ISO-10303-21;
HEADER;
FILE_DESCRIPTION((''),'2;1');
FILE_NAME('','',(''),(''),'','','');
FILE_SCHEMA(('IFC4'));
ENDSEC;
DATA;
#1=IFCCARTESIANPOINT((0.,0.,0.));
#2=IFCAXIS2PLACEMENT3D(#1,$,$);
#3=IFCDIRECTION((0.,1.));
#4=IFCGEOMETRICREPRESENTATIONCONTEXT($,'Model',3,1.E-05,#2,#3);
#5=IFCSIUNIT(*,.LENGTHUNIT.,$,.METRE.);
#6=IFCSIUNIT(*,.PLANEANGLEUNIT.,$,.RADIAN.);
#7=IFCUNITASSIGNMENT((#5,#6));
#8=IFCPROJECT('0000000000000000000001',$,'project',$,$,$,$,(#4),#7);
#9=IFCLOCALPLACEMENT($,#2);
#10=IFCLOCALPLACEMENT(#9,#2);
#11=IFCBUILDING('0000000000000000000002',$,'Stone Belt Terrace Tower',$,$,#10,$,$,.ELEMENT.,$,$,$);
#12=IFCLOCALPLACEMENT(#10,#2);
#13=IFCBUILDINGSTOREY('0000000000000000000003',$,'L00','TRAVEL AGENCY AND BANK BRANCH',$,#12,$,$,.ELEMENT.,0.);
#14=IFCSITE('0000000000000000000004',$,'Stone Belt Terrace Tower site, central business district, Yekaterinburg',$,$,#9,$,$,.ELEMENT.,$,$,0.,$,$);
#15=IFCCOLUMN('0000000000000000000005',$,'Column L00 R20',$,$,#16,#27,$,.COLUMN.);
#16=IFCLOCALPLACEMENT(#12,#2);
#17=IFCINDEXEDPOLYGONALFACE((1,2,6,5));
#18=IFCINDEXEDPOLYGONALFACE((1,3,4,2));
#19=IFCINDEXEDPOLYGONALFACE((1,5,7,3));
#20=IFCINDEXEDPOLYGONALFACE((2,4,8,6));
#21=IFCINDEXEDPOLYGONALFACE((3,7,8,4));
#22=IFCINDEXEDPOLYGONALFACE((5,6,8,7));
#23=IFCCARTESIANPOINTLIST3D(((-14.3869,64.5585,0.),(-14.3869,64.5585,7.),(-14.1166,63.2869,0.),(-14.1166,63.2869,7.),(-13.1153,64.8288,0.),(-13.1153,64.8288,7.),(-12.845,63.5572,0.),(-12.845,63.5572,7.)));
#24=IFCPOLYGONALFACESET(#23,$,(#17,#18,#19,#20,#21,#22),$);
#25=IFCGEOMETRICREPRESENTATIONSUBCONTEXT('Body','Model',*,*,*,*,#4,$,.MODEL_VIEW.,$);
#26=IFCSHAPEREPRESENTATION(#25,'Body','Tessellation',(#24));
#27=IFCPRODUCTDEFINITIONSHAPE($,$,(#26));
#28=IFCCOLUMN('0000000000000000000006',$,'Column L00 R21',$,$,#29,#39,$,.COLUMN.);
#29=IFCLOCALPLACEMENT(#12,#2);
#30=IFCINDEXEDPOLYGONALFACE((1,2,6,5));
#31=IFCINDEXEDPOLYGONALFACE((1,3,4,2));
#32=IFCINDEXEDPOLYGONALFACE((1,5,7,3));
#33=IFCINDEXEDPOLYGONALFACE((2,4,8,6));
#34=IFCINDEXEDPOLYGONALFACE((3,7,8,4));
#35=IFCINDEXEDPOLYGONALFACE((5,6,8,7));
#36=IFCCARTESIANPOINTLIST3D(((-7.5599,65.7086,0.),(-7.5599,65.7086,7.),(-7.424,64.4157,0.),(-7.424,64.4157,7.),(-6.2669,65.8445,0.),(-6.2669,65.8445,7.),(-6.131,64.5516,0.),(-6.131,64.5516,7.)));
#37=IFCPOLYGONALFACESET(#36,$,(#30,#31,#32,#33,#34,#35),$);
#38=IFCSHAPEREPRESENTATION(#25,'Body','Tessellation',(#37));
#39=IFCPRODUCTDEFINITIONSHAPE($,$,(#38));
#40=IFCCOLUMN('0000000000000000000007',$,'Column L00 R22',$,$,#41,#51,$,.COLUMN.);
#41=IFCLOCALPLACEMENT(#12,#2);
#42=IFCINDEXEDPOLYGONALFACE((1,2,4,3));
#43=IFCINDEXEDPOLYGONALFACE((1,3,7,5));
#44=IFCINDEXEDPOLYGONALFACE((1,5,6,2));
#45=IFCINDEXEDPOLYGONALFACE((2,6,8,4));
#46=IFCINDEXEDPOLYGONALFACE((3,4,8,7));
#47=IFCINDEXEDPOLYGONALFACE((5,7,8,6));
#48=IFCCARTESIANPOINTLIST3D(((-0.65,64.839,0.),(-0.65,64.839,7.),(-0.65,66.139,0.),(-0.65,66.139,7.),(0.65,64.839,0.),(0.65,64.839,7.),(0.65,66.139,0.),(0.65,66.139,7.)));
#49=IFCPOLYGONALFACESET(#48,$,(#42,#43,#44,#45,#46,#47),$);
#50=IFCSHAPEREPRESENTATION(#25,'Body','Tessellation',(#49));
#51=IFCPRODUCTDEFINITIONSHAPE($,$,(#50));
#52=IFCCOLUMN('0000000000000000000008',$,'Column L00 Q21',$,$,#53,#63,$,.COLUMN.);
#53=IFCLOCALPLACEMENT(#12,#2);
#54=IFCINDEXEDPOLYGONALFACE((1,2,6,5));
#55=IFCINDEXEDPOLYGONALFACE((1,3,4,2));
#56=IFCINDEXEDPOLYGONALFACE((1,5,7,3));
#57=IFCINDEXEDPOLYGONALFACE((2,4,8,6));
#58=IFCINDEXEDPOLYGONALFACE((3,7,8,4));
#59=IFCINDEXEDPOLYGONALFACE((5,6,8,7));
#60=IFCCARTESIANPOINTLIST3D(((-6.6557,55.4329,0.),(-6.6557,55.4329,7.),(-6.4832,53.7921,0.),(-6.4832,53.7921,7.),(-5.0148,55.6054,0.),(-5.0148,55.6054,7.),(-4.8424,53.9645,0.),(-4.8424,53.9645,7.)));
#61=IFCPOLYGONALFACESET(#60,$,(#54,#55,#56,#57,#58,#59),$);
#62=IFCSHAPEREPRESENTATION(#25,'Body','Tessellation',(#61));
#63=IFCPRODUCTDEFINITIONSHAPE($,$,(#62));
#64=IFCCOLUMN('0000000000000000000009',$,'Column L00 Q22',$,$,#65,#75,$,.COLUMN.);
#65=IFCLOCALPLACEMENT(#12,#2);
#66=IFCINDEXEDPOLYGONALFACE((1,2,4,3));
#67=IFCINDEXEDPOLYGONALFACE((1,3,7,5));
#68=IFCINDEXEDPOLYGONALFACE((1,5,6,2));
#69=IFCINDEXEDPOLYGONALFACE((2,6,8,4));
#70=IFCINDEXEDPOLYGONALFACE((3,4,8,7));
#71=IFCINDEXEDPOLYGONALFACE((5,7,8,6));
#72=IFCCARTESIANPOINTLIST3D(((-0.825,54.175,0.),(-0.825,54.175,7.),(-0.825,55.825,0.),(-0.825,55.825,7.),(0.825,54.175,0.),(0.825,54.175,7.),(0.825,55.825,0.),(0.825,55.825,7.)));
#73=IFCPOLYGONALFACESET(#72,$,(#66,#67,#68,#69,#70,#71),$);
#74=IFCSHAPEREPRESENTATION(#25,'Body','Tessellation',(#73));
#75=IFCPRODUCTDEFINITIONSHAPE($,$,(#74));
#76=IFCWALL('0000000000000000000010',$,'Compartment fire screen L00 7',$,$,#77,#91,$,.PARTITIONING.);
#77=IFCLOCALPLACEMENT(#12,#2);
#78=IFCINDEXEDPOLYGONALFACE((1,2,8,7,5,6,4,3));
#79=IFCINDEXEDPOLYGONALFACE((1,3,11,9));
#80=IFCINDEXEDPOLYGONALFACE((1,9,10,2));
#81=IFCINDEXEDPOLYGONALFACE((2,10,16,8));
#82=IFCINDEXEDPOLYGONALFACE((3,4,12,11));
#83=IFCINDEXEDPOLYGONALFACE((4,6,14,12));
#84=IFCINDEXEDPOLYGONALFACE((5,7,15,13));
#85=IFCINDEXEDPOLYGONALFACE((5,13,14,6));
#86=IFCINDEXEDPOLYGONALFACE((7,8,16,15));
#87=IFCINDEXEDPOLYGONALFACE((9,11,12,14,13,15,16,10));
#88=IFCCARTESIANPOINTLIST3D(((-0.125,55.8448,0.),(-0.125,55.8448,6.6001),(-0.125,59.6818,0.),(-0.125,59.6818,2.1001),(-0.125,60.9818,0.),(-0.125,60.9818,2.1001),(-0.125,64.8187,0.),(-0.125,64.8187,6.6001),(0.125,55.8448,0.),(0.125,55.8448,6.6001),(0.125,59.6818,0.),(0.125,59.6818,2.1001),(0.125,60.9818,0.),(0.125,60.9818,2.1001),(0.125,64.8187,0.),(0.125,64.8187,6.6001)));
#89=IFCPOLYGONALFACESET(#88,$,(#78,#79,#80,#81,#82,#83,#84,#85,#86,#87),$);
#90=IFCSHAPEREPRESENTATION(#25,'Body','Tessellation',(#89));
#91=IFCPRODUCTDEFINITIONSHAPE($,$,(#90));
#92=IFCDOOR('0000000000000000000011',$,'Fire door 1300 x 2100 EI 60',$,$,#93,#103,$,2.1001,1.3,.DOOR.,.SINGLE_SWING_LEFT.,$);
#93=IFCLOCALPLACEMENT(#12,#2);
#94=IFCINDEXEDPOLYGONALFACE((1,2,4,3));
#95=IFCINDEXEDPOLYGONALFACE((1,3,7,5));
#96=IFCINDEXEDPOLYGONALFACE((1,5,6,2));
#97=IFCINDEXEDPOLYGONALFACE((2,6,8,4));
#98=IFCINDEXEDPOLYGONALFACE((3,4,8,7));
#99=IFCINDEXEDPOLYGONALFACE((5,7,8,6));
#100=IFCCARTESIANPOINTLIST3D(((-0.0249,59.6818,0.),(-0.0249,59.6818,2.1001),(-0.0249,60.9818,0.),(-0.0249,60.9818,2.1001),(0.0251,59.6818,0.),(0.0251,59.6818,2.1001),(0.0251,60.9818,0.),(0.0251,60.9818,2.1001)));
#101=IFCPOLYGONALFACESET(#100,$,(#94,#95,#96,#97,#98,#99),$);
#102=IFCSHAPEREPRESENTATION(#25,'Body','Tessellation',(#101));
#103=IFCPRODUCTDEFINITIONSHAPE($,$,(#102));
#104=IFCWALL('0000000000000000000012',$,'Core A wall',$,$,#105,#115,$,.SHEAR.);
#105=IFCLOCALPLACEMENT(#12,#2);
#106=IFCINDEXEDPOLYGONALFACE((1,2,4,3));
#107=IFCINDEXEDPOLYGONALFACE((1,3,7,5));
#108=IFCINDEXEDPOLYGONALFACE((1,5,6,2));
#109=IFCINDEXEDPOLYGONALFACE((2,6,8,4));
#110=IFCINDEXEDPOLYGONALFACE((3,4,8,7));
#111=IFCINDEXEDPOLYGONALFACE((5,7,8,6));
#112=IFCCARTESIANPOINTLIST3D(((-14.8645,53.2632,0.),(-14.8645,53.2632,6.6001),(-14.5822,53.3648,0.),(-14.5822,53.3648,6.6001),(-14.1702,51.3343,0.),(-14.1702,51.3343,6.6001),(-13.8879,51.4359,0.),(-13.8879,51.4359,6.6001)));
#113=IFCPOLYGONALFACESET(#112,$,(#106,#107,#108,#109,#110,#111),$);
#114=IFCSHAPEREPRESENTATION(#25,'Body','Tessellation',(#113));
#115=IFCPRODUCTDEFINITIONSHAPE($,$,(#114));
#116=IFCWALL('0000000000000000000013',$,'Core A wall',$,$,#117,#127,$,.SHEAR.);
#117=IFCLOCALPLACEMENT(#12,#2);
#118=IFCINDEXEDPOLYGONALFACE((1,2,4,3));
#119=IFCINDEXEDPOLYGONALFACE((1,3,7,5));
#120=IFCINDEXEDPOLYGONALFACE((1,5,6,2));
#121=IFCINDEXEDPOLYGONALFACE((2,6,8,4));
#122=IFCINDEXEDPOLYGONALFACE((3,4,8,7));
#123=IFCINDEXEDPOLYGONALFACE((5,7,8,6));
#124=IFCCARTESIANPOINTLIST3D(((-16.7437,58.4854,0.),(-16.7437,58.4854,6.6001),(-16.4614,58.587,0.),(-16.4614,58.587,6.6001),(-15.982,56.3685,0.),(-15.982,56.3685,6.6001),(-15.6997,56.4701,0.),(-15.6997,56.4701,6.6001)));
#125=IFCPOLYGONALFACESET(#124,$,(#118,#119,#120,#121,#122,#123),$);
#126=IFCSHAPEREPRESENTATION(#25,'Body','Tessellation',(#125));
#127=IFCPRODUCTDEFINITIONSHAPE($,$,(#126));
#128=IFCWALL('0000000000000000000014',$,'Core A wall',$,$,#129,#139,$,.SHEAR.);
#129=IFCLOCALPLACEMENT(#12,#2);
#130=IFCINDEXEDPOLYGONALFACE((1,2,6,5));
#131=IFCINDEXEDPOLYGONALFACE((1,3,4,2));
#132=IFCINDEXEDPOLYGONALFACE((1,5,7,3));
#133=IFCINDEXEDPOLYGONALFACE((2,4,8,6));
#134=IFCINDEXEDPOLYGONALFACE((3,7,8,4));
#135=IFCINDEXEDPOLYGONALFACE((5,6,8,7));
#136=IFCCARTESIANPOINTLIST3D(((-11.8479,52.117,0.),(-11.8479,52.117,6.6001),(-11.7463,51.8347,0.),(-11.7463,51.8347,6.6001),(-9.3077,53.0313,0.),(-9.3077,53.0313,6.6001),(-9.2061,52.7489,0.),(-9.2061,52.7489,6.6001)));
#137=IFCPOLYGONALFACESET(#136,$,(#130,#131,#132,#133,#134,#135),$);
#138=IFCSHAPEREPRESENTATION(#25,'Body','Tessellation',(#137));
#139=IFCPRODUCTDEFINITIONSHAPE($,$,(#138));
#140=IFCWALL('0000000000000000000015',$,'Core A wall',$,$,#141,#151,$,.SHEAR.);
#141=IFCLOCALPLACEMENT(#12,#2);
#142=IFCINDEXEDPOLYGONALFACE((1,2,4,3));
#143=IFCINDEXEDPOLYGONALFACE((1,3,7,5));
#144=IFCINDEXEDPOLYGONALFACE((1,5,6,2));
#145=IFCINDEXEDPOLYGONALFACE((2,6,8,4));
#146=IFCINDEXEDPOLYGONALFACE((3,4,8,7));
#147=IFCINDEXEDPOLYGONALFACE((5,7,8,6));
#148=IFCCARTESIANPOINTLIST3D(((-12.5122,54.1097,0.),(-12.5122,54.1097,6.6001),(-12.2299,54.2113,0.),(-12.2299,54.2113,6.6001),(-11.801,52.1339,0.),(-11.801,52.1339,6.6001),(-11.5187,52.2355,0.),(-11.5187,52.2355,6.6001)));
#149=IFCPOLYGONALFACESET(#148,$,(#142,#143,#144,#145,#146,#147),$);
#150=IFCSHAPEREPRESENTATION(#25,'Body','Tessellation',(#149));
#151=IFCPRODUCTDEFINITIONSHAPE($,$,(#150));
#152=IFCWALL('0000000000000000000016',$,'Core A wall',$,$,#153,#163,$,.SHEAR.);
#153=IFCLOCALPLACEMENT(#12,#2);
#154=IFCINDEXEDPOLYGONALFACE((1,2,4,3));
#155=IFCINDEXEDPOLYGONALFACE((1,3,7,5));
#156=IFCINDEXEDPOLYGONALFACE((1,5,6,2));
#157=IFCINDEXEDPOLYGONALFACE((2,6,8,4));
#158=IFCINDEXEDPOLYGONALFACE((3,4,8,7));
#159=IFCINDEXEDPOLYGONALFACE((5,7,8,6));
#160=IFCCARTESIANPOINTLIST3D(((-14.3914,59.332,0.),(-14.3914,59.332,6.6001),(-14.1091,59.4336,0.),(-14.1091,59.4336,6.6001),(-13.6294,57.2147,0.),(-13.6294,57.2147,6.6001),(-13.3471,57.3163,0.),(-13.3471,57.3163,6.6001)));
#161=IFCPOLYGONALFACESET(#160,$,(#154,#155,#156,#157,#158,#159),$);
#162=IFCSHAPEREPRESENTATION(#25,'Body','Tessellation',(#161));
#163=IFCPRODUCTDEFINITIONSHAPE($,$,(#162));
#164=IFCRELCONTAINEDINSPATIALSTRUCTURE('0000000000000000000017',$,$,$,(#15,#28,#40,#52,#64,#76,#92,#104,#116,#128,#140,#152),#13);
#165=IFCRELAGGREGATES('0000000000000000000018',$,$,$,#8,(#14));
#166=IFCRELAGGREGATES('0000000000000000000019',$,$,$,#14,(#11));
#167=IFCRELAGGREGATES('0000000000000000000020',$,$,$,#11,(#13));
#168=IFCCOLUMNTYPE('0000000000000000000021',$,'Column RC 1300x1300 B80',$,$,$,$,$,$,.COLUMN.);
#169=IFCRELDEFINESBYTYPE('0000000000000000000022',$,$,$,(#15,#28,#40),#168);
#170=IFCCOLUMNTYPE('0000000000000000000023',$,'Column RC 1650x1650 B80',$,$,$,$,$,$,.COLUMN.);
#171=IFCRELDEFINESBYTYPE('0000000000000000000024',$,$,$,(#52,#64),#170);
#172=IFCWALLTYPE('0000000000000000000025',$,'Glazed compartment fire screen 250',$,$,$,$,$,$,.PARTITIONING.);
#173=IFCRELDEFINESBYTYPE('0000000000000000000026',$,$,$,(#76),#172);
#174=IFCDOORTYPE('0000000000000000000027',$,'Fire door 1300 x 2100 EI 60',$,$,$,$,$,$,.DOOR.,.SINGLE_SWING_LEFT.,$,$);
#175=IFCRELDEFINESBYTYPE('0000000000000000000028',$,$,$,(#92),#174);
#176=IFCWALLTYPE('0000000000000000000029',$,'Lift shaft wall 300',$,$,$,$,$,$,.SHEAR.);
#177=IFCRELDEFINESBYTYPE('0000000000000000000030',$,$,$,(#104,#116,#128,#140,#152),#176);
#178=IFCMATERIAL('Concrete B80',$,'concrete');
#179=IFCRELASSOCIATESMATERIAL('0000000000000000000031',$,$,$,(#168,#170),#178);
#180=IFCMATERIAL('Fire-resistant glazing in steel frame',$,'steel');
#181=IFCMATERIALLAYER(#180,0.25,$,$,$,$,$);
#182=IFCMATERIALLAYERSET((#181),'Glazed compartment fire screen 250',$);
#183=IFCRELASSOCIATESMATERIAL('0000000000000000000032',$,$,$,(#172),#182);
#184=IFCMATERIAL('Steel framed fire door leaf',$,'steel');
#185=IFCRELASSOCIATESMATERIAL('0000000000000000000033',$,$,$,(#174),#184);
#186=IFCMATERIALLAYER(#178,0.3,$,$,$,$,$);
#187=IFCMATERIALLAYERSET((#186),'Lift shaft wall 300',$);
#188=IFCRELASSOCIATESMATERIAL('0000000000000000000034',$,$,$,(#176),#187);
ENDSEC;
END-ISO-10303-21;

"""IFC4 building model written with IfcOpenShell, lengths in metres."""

from ifc_helpers import new_model, si_unit, direction, frame, frame_2d, origin, origin_2d, place, context, subcontext, project, spatial, rectangle, extrude, material, layer, layer_set, material_profile, profile_set, type_object, element, fill, save


model = new_model("IFC4")

# Units and contexts
model_context = context("Model", 3, precision=1e-05, world=origin(), true_north=direction((0.0, 1.0)))
body_context = subcontext(model_context, "Body", "Model", "MODEL_VIEW")
ifc_project = project(units=[si_unit("LENGTHUNIT", "METRE"), si_unit("PLANEANGLEUNIT", "RADIAN")], contexts=[model_context])

# Site, building, storey
site_placement = place(None, origin())
site = spatial("IfcSite", under=ifc_project, at=site_placement, Name="Stone Belt Terrace Tower site, central business district, Yekaterinburg", CompositionType="ELEMENT", RefElevation=0.0)
building_placement = place(site_placement, origin())
building = spatial("IfcBuilding", under=site, at=building_placement, Name="Stone Belt Terrace Tower", CompositionType="ELEMENT")
storey_placement = place(building_placement, origin())
storey = spatial("IfcBuildingStorey", under=building, at=storey_placement, Name="L00", Description="TRAVEL AGENCY AND BANK BRANCH", CompositionType="ELEMENT", Elevation=0.0)

# Columns
ifc_material_1 = material(Name="Concrete B80", Category="concrete")
ifc_material_profile_1 = material_profile(ifc_material_1, rectangle(XDim=1.3, YDim=1.3, at=origin_2d()), Name="RC 1300x1300")
ifc_profile_set_1 = profile_set([ifc_material_profile_1], Name="Concrete B80")
column_type_1 = type_object("IfcColumnType", Name="Column RC 1300x1300 B80", PredefinedType="COLUMN", material=ifc_profile_set_1)
for number, where, z_axis, x_axis, name in (
    (1, (-13.616, 64.0579, 0.0), (0.0, 0.0, 1.0), (0.978148, 0.207912, 0.0), "Column L00 R20"),
    (2, (-6.8455, 65.1301, 0.0), (0.0, 0.0, 1.0), (0.994522, 0.104528, 0.0), "Column L00 R21"),
    (3, (0.0, 65.489, 0.0), (0.0, 0.0, 1.0), (1.0, 0.0, 0.0), "Column L00 R22"),
):
    element("IfcColumn", number, at=place(storey_placement, frame(where, z_axis=z_axis, x_axis=x_axis)), inside=storey, type_object=column_type_1, Name=name, PredefinedType="COLUMN", context=body_context, shape_type="SweptSolid", body=[
        extrude(rectangle(XDim=1.3, YDim=1.3, at=origin_2d()), origin(), (0.0, 0.0, 1.0), 7.0),
    ])
ifc_material_profile_2 = material_profile(ifc_material_1, rectangle(XDim=1.6499, YDim=1.6499, at=origin_2d()), Name="RC 1650x1650")
ifc_profile_set_2 = profile_set([ifc_material_profile_2], Name="Concrete B80")
column_type_2 = type_object("IfcColumnType", Name="Column RC 1650x1650 B80", PredefinedType="COLUMN", material=ifc_profile_set_2)
for number, where, z_axis, x_axis, name in (
    (4, (-5.749, 54.6987, 0.0), (0.0, 0.0, 1.0), (0.994522, 0.104528, 0.0), "Column L00 Q21"),
    (5, (0.0, 55.0, 0.0), (0.0, 0.0, 1.0), (1.0, 0.0, 0.0), "Column L00 Q22"),
):
    element("IfcColumn", number, at=place(storey_placement, frame(where, z_axis=z_axis, x_axis=x_axis)), inside=storey, type_object=column_type_2, Name=name, PredefinedType="COLUMN", context=body_context, shape_type="SweptSolid", body=[
        extrude(rectangle(XDim=1.6499, YDim=1.6499, at=origin_2d()), origin(), (0.0, 0.0, 1.0), 7.0),
    ])

# Wall, opening, door
ifc_material_2 = material(Name="Fire-resistant glazing in steel frame", Category="steel")
ifc_layer_1 = layer(ifc_material_2, 0.25)
ifc_layer_set_1 = layer_set([ifc_layer_1], Name="Glazed compartment fire screen 250")
wall_type_1 = type_object("IfcWallType", Name="Glazed compartment fire screen 250", PredefinedType="PARTITIONING", material=ifc_layer_set_1)
wall_1_placement = place(storey_placement, frame((0.0, 55.845, 0.0), z_axis=(0.0, 0.0, 1.0), x_axis=(0.0, 1.0, 0.0)))
wall_1 = element("IfcWall", 6, at=wall_1_placement, inside=storey, type_object=wall_type_1, Name="Compartment fire screen L00 7", PredefinedType="PARTITIONING", context=body_context, shape_type="SweptSolid", body=[
    extrude(rectangle(XDim=8.9739, YDim=0.25, at=frame_2d((4.4868, 0.0))), origin(), (0.0, 0.0, 1.0), 6.6001),
])
opening_1_placement = place(wall_1_placement, frame((3.8369, 0.0, 0.0)))
opening_1 = element("IfcOpeningElement", 7, at=opening_1_placement, cuts=wall_1, PredefinedType="OPENING", context=body_context, shape_type="SweptSolid", body=[
    extrude(rectangle(XDim=1.3, YDim=2.1001, at=frame_2d((0.6499, 1.05))), frame((0.0, 0.135, 0.0), z_axis=(0.0, -1.0, 0.0), x_axis=(1.0, 0.0, 0.0)), (0.0, 0.0, 1.0), 0.27),
])
ifc_material_3 = material(Name="Steel framed fire door leaf", Category="steel")
door_type_1 = type_object("IfcDoorType", Name="Fire door 1300 x 2100 EI 60", OperationType="SINGLE_SWING_LEFT", PredefinedType="DOOR", material=ifc_material_3)
door_1_placement = place(opening_1_placement, origin())
door_1 = element("IfcDoor", 8, at=door_1_placement, inside=storey, type_object=door_type_1, Name="Fire door 1300 x 2100 EI 60", OperationType="SINGLE_SWING_LEFT", OverallHeight=2.1001, OverallWidth=1.3, PredefinedType="DOOR", context=body_context, shape_type="SweptSolid", body=[
    extrude(rectangle(XDim=1.3, YDim=2.1001, at=frame_2d((0.6499, 1.05))), frame((0.0, 0.0249, 0.0), z_axis=(0.0, -1.0, 0.0), x_axis=(1.0, 0.0, 0.0)), (0.0, 0.0, 1.0), 0.05),
])
fill(opening_1, door_1)

# Walls
ifc_layer_2 = layer(ifc_material_1, 0.3)
ifc_layer_set_2 = layer_set([ifc_layer_2], Name="Lift shaft wall 300")
wall_type_2 = type_object("IfcWallType", Name="Lift shaft wall 300", PredefinedType="SHEAR", material=ifc_layer_set_2)
wall_2_placement = place(storey_placement, frame((-14.0291, 51.3853, 0.0), z_axis=(0.0, 0.0, 1.0), x_axis=(-0.338682, 0.940901, 0.0)))
element("IfcWall", 9, at=wall_2_placement, inside=storey, type_object=wall_type_2, Name="Core A wall", PredefinedType="SHEAR", context=body_context, shape_type="SweptSolid", body=[
    extrude(rectangle(XDim=2.05, YDim=0.3, at=frame_2d((1.0249, 0.0))), origin(), (0.0, 0.0, 1.0), 6.6001),
])
wall_3_placement = place(storey_placement, frame((-15.8408, 56.4192, 0.0), z_axis=(0.0, 0.0, 1.0), x_axis=(-0.33857, 0.940941, 0.0)))
element("IfcWall", 10, at=wall_3_placement, inside=storey, type_object=wall_type_2, Name="Core A wall", PredefinedType="SHEAR", context=body_context, shape_type="SweptSolid", body=[
    extrude(rectangle(XDim=2.2498, YDim=0.3, at=frame_2d((1.125, 0.0))), origin(), (0.0, 0.0, 1.0), 6.6001),
])
wall_4_placement = place(storey_placement, frame((-11.7971, 51.9758, 0.0), z_axis=(0.0, 0.0, 1.0), x_axis=(0.94091, 0.338655, 0.0)))
element("IfcWall", 11, at=wall_4_placement, inside=storey, type_object=wall_type_2, Name="Core A wall", PredefinedType="SHEAR", context=body_context, shape_type="SweptSolid", body=[
    extrude(rectangle(XDim=2.6997, YDim=0.3, at=frame_2d((1.3499, 0.0))), origin(), (0.0, 0.0, 1.0), 6.6001),
])
wall_5_placement = place(storey_placement, frame((-11.6599, 52.1848, 0.0), z_axis=(0.0, 0.0, 1.0), x_axis=(-0.33867, 0.940905, 0.0)))
element("IfcWall", 12, at=wall_5_placement, inside=storey, type_object=wall_type_2, Name="Core A wall", PredefinedType="SHEAR", context=body_context, shape_type="SweptSolid", body=[
    extrude(rectangle(XDim=2.0999, YDim=0.3, at=frame_2d((1.0498, 0.0))), origin(), (0.0, 0.0, 1.0), 6.6001),
])
wall_6_placement = place(storey_placement, frame((-13.4883, 57.2656, 0.0), z_axis=(0.0, 0.0, 1.0), x_axis=(-0.338631, 0.940919, 0.0)))
element("IfcWall", 13, at=wall_6_placement, inside=storey, type_object=wall_type_2, Name="Core A wall", PredefinedType="SHEAR", context=body_context, shape_type="SweptSolid", body=[
    extrude(rectangle(XDim=2.2502, YDim=0.3, at=frame_2d((1.125, 0.0))), origin(), (0.0, 0.0, 1.0), 6.6001),
])

save(model, "model.ifc")
